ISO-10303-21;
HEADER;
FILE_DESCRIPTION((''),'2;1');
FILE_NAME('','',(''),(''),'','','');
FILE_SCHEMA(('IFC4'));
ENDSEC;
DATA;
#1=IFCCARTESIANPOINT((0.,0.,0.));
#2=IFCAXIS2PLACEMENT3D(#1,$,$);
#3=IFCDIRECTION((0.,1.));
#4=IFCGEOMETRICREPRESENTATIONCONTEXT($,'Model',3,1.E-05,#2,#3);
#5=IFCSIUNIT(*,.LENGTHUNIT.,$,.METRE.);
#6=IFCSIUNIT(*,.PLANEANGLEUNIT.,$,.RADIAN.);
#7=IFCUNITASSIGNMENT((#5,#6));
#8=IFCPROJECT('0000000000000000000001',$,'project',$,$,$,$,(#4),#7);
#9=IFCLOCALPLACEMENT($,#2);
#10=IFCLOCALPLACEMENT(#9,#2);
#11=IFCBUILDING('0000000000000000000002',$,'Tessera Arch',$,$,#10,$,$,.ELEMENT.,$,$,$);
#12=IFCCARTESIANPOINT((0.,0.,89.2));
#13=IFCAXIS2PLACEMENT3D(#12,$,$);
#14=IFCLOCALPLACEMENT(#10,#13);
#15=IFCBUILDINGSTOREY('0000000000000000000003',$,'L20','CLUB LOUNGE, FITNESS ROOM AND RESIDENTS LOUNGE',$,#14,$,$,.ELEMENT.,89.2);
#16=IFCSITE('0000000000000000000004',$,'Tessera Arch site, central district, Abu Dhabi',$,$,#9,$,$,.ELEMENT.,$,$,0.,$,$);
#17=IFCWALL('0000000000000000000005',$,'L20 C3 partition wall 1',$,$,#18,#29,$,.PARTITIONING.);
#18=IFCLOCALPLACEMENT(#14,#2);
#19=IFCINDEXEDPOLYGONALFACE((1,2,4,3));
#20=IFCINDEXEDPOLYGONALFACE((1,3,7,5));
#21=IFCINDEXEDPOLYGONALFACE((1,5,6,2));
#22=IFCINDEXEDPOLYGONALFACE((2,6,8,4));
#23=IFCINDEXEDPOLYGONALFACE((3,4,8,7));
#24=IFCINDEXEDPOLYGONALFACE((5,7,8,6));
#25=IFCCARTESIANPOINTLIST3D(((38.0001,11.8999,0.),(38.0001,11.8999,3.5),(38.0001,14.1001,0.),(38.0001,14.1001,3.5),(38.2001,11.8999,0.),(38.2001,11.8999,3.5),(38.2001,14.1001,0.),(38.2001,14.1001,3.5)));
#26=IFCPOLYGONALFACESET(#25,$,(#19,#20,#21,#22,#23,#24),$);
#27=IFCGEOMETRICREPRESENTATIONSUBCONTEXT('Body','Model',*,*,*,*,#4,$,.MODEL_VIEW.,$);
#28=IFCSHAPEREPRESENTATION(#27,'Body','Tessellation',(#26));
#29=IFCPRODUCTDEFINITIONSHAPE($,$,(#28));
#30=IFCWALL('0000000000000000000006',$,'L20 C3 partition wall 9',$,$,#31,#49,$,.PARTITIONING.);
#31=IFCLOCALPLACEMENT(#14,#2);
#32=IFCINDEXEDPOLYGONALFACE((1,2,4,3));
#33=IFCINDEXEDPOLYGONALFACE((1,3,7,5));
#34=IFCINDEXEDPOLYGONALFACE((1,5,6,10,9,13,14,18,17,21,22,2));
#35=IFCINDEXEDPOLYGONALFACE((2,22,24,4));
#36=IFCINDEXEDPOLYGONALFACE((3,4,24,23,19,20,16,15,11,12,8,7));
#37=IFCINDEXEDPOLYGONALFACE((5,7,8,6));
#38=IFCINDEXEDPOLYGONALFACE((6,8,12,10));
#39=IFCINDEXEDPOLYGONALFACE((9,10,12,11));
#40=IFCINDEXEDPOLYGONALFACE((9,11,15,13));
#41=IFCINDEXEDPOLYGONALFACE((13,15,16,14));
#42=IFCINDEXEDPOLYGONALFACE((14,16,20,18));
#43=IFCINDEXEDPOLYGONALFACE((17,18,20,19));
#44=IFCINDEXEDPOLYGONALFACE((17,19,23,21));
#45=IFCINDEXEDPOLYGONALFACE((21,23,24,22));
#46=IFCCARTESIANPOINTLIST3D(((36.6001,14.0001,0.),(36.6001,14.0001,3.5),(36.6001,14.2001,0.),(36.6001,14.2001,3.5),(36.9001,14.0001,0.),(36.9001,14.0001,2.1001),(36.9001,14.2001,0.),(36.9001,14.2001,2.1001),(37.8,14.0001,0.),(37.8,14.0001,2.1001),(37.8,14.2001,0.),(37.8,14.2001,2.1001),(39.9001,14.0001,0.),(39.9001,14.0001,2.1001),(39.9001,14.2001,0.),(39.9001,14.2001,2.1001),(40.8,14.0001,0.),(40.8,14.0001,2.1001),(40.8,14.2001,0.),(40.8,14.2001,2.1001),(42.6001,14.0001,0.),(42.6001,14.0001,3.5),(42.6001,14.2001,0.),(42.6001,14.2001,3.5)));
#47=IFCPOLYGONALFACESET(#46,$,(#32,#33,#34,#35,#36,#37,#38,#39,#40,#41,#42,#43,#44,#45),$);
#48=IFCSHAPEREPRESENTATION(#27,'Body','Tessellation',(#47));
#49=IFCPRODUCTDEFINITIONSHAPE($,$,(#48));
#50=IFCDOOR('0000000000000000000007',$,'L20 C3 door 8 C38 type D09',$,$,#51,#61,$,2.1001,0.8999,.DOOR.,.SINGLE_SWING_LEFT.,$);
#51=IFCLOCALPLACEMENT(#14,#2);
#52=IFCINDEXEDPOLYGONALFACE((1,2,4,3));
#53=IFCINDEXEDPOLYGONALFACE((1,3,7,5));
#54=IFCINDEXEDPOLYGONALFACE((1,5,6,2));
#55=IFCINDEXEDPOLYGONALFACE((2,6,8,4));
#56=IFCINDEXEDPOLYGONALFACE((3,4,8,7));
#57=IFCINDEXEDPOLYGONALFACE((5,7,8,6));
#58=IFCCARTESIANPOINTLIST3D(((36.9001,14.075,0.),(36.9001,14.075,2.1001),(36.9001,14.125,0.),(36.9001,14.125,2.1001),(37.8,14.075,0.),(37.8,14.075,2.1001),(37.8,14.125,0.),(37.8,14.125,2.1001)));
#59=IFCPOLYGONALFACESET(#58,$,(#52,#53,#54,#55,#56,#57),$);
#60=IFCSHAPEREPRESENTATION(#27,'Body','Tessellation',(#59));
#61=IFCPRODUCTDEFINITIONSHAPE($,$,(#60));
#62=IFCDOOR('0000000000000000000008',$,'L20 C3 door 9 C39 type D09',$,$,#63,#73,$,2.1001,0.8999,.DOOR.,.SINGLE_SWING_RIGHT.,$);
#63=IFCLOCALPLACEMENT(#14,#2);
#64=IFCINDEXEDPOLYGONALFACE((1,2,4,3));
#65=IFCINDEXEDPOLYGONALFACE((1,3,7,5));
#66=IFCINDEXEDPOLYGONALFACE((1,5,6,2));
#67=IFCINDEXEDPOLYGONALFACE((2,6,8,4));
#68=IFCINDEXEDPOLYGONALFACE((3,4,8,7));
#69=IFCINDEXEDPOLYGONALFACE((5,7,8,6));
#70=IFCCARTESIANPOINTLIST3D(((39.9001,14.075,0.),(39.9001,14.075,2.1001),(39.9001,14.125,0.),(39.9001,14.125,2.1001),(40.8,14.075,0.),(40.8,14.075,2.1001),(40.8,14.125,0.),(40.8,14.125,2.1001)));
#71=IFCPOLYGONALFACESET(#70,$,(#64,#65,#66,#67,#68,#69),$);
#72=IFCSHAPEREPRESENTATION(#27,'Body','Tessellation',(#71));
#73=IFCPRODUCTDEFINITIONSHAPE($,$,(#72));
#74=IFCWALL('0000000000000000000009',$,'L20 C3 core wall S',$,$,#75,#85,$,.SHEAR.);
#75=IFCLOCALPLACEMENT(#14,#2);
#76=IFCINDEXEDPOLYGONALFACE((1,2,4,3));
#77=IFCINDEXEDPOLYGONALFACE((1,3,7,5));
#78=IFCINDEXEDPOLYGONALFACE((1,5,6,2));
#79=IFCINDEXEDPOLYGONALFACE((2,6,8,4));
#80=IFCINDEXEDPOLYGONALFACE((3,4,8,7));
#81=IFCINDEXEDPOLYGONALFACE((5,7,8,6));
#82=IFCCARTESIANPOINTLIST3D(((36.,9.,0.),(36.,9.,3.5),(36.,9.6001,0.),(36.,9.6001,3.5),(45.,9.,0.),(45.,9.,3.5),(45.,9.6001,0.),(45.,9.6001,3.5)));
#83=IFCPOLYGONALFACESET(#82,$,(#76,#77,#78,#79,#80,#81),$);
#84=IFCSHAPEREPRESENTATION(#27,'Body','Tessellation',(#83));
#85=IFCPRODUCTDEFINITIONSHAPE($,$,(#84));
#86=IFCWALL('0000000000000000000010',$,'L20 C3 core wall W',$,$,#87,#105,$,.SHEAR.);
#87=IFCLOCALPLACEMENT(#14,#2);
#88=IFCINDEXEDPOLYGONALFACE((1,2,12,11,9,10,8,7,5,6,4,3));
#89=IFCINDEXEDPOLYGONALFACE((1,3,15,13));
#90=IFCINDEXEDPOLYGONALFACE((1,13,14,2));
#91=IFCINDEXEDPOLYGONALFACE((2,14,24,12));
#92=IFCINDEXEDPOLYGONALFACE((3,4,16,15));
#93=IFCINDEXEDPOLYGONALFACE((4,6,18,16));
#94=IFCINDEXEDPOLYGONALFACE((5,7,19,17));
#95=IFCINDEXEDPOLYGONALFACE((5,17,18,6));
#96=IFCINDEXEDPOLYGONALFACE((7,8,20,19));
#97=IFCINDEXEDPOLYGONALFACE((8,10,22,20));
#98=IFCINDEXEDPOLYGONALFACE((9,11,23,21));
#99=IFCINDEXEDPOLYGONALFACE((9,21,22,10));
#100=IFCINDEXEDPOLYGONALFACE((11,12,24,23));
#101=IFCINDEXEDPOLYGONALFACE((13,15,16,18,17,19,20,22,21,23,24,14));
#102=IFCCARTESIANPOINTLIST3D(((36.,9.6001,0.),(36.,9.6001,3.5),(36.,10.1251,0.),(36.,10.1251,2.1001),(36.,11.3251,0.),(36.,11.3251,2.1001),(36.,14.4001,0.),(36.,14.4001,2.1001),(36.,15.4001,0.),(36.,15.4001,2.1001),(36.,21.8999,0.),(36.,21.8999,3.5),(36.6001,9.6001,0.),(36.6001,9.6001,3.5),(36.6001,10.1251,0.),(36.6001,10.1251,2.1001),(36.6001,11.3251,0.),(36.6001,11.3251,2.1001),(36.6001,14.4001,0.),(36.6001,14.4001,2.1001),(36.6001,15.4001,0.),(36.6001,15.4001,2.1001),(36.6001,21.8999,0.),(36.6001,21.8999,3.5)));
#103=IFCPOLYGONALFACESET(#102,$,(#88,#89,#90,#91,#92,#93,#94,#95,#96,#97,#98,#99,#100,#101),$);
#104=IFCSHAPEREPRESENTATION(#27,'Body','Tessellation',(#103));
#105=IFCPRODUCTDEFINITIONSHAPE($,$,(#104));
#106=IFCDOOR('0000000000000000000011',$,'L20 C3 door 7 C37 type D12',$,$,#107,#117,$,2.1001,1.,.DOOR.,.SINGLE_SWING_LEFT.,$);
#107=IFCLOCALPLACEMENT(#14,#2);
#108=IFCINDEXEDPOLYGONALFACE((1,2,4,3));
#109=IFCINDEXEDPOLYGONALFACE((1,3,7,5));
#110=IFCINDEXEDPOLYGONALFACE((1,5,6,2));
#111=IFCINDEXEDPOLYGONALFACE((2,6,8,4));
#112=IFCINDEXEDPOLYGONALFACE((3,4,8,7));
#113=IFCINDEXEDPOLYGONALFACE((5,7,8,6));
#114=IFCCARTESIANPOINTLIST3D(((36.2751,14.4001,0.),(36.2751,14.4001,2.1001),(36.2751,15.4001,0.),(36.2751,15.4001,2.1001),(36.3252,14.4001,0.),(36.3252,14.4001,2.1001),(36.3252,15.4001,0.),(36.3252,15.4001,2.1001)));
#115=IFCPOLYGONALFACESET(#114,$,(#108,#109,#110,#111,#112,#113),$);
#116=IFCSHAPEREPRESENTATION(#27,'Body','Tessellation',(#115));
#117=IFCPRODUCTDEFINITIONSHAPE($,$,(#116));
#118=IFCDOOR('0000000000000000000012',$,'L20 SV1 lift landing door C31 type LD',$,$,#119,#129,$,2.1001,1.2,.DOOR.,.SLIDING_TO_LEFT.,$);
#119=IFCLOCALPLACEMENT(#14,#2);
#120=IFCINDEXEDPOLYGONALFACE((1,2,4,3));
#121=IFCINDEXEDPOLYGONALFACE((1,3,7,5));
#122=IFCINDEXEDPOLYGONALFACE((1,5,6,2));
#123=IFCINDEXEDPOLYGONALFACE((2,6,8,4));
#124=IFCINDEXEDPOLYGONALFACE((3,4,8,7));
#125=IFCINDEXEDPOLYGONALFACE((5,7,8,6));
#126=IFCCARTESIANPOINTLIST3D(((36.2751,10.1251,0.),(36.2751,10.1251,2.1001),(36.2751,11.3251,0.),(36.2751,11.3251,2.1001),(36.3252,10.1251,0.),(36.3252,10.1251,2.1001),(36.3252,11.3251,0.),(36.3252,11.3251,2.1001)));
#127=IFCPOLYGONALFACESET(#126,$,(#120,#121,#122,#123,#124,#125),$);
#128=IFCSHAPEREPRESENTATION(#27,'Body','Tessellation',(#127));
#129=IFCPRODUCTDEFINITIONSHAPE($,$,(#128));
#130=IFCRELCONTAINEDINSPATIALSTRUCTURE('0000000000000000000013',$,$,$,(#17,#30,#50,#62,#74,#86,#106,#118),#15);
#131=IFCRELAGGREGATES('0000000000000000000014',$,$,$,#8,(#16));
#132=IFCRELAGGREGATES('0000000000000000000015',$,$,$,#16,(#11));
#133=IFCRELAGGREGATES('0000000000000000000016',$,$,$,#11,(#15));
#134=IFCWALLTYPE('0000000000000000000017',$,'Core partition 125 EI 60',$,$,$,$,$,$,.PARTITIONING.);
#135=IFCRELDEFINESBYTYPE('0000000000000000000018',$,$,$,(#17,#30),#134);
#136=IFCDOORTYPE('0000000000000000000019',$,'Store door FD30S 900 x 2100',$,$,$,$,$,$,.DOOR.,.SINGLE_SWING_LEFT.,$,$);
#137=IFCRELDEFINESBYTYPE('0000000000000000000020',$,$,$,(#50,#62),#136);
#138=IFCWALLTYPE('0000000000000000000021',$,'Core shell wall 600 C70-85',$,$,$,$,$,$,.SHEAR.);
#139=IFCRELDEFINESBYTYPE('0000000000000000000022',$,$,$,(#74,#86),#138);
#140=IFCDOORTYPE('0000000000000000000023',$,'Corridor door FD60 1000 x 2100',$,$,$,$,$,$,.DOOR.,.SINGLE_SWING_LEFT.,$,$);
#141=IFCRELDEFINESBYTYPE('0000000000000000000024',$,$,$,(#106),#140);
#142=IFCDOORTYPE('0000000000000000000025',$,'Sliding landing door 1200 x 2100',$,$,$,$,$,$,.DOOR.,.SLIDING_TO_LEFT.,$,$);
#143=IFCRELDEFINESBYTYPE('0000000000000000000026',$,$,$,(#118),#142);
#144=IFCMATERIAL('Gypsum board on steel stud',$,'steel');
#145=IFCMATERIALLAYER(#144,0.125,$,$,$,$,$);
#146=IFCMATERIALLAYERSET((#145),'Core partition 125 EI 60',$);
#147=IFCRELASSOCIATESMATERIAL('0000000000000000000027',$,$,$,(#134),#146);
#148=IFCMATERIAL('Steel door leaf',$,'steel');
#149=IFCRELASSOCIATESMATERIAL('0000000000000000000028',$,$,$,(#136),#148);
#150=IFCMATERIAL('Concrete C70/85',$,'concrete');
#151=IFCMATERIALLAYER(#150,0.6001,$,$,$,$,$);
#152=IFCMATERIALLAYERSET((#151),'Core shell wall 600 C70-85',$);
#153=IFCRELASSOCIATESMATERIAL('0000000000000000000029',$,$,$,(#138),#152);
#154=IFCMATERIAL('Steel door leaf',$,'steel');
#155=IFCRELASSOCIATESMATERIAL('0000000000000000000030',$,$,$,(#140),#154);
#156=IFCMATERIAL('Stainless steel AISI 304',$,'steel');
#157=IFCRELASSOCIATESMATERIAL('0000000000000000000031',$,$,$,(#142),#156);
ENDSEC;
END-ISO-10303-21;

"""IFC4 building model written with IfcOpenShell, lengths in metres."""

from ifc_helpers import new_model, si_unit, direction, frame, frame_2d, origin, place, context, subcontext, project, spatial, rectangle, extrude, material, layer, layer_set, type_object, element, fill, save


model = new_model("IFC4")

# Units and contexts
model_context = context("Model", 3, precision=1e-05, world=origin(), true_north=direction((0.0, 1.0)))
body_context = subcontext(model_context, "Body", "Model", "MODEL_VIEW")
ifc_project = project(units=[si_unit("LENGTHUNIT", "METRE"), si_unit("PLANEANGLEUNIT", "RADIAN")], contexts=[model_context])

# Site, building, storey
site_placement = place(None, origin())
site = spatial("IfcSite", under=ifc_project, at=site_placement, Name="Tessera Arch site, central district, Abu Dhabi", CompositionType="ELEMENT", RefElevation=0.0)
building_placement = place(site_placement, origin())
building = spatial("IfcBuilding", under=site, at=building_placement, Name="Tessera Arch", CompositionType="ELEMENT")
storey_placement = place(building_placement, frame((0.0, 0.0, 89.2)))
storey = spatial("IfcBuildingStorey", under=building, at=storey_placement, Name="L20", Description="CLUB LOUNGE, FITNESS ROOM AND RESIDENTS LOUNGE", CompositionType="ELEMENT", Elevation=89.2)

# Wall
ifc_material_1 = material(Name="Gypsum board on steel stud", Category="steel")
ifc_layer_1 = layer(ifc_material_1, 0.125)
ifc_layer_set_1 = layer_set([ifc_layer_1], Name="Core partition 125 EI 60")
wall_type_1 = type_object("IfcWallType", Name="Core partition 125 EI 60", PredefinedType="PARTITIONING", material=ifc_layer_set_1)
wall_1_placement = place(storey_placement, frame((38.1001, 11.8999, 0.0), z_axis=(0.0, 0.0, 1.0), x_axis=(0.0, 1.0, 0.0)))
element("IfcWall", 1, at=wall_1_placement, inside=storey, type_object=wall_type_1, Name="L20 C3 partition wall 1", PredefinedType="PARTITIONING", context=body_context, shape_type="SweptSolid", body=[
    extrude(rectangle(XDim=2.2002, YDim=0.2, at=frame_2d((1.1001, 0.0))), origin(), (0.0, 0.0, 1.0), 3.5),
])

# Wall, openings, doors
wall_2_placement = place(storey_placement, frame((36.6001, 14.1001, 0.0), z_axis=(0.0, 0.0, 1.0), x_axis=(1.0, 0.0, 0.0)))
wall_2 = element("IfcWall", 2, at=wall_2_placement, inside=storey, type_object=wall_type_1, Name="L20 C3 partition wall 9", PredefinedType="PARTITIONING", context=body_context, shape_type="SweptSolid", body=[
    extrude(rectangle(XDim=6.0, YDim=0.2, at=frame_2d((3.0, 0.0))), origin(), (0.0, 0.0, 1.0), 3.5),
])
opening_1_placement = place(wall_2_placement, frame((0.3, 0.0, 0.0)))
opening_1 = element("IfcOpeningElement", 3, at=opening_1_placement, cuts=wall_2, PredefinedType="OPENING", context=body_context, shape_type="SweptSolid", body=[
    extrude(rectangle(XDim=0.8999, YDim=2.1001, at=frame_2d((0.45, 1.05))), frame((0.0, 0.1099, 0.0), z_axis=(0.0, -1.0, 0.0), x_axis=(1.0, 0.0, 0.0)), (0.0, 0.0, 1.0), 0.22),
])
opening_2_placement = place(wall_2_placement, frame((3.3, 0.0, 0.0)))
opening_2 = element("IfcOpeningElement", 4, at=opening_2_placement, cuts=wall_2, PredefinedType="OPENING", context=body_context, shape_type="SweptSolid", body=[
    extrude(rectangle(XDim=0.8999, YDim=2.1001, at=frame_2d((0.45, 1.05))), frame((0.0, 0.1099, 0.0), z_axis=(0.0, -1.0, 0.0), x_axis=(1.0, 0.0, 0.0)), (0.0, 0.0, 1.0), 0.22),
])
ifc_material_2 = material(Name="Steel door leaf", Category="steel")
door_type_1 = type_object("IfcDoorType", Name="Store door FD30S 900 x 2100", OperationType="SINGLE_SWING_LEFT", PredefinedType="DOOR", material=ifc_material_2)
door_1_placement = place(opening_1_placement, origin())
door_1 = element("IfcDoor", 5, at=door_1_placement, inside=storey, type_object=door_type_1, Name="L20 C3 door 8 C38 type D09", OperationType="SINGLE_SWING_LEFT", OverallHeight=2.1001, OverallWidth=0.8999, PredefinedType="DOOR", context=body_context, shape_type="SweptSolid", body=[
    extrude(rectangle(XDim=0.8999, YDim=2.1001, at=frame_2d((0.45, 1.05))), frame((0.0, 0.0249, 0.0), z_axis=(0.0, -1.0, 0.0), x_axis=(1.0, 0.0, 0.0)), (0.0, 0.0, 1.0), 0.05),
])
fill(opening_1, door_1)
door_2_placement = place(opening_2_placement, origin())
door_2 = element("IfcDoor", 6, at=door_2_placement, inside=storey, type_object=door_type_1, Name="L20 C3 door 9 C39 type D09", OperationType="SINGLE_SWING_RIGHT", OverallHeight=2.1001, OverallWidth=0.8999, PredefinedType="DOOR", context=body_context, shape_type="SweptSolid", body=[
    extrude(rectangle(XDim=0.8999, YDim=2.1001, at=frame_2d((0.45, 1.05))), frame((0.0, 0.0249, 0.0), z_axis=(0.0, -1.0, 0.0), x_axis=(1.0, 0.0, 0.0)), (0.0, 0.0, 1.0), 0.05),
])
fill(opening_2, door_2)

# Wall
ifc_material_3 = material(Name="Concrete C70/85", Category="concrete")
ifc_layer_2 = layer(ifc_material_3, 0.6001)
ifc_layer_set_2 = layer_set([ifc_layer_2], Name="Core shell wall 600 C70-85")
wall_type_2 = type_object("IfcWallType", Name="Core shell wall 600 C70-85", PredefinedType="SHEAR", material=ifc_layer_set_2)
wall_3_placement = place(storey_placement, frame((36.0, 9.3, 0.0), z_axis=(0.0, 0.0, 1.0), x_axis=(1.0, 0.0, 0.0)))
element("IfcWall", 7, at=wall_3_placement, inside=storey, type_object=wall_type_2, Name="L20 C3 core wall S", PredefinedType="SHEAR", context=body_context, shape_type="SweptSolid", body=[
    extrude(rectangle(XDim=9.0, YDim=0.6001, at=frame_2d((4.5, 0.0))), origin(), (0.0, 0.0, 1.0), 3.5),
])

# Wall, openings, doors
wall_4_placement = place(storey_placement, frame((36.3, 9.6001, 0.0), z_axis=(0.0, 0.0, 1.0), x_axis=(0.0, 1.0, 0.0)))
wall_4 = element("IfcWall", 8, at=wall_4_placement, inside=storey, type_object=wall_type_2, Name="L20 C3 core wall W", PredefinedType="SHEAR", context=body_context, shape_type="SweptSolid", body=[
    extrude(rectangle(XDim=12.2998, YDim=0.6001, at=frame_2d((6.1499, 0.0))), origin(), (0.0, 0.0, 1.0), 3.5),
])
opening_3_placement = place(wall_4_placement, frame((0.5249, 0.0, 0.0)))
opening_3 = element("IfcOpeningElement", 9, at=opening_3_placement, cuts=wall_4, PredefinedType="OPENING", context=body_context, shape_type="SweptSolid", body=[
    extrude(rectangle(XDim=1.2, YDim=2.1001, at=frame_2d((0.6001, 1.05))), frame((0.0, 0.3101, 0.0), z_axis=(0.0, -1.0, 0.0), x_axis=(1.0, 0.0, 0.0)), (0.0, 0.0, 1.0), 0.6201),
])
opening_4_placement = place(wall_4_placement, frame((4.8, 0.0, 0.0)))
opening_4 = element("IfcOpeningElement", 10, at=opening_4_placement, cuts=wall_4, PredefinedType="OPENING", context=body_context, shape_type="SweptSolid", body=[
    extrude(rectangle(XDim=1.0, YDim=2.1001, at=frame_2d((0.5, 1.05))), frame((0.0, 0.3101, 0.0), z_axis=(0.0, -1.0, 0.0), x_axis=(1.0, 0.0, 0.0)), (0.0, 0.0, 1.0), 0.6201),
])
ifc_material_4 = material(Name="Steel door leaf", Category="steel")
door_type_2 = type_object("IfcDoorType", Name="Corridor door FD60 1000 x 2100", OperationType="SINGLE_SWING_LEFT", PredefinedType="DOOR", material=ifc_material_4)
door_3_placement = place(opening_4_placement, origin())
door_3 = element("IfcDoor", 11, at=door_3_placement, inside=storey, type_object=door_type_2, Name="L20 C3 door 7 C37 type D12", OperationType="SINGLE_SWING_LEFT", OverallHeight=2.1001, OverallWidth=1.0, PredefinedType="DOOR", context=body_context, shape_type="SweptSolid", body=[
    extrude(rectangle(XDim=1.0, YDim=2.1001, at=frame_2d((0.5, 1.05))), frame((0.0, 0.0249, 0.0), z_axis=(0.0, -1.0, 0.0), x_axis=(1.0, 0.0, 0.0)), (0.0, 0.0, 1.0), 0.05),
])
fill(opening_4, door_3)
ifc_material_5 = material(Name="Stainless steel AISI 304", Category="steel")
door_type_3 = type_object("IfcDoorType", Name="Sliding landing door 1200 x 2100", OperationType="SLIDING_TO_LEFT", PredefinedType="DOOR", material=ifc_material_5)
door_4_placement = place(opening_3_placement, origin())
door_4 = element("IfcDoor", 12, at=door_4_placement, inside=storey, type_object=door_type_3, Name="L20 SV1 lift landing door C31 type LD", OperationType="SLIDING_TO_LEFT", OverallHeight=2.1001, OverallWidth=1.2, PredefinedType="DOOR", context=body_context, shape_type="SweptSolid", body=[
    extrude(rectangle(XDim=1.2, YDim=2.1001, at=frame_2d((0.6001, 1.05))), frame((0.0, 0.0249, 0.0), z_axis=(0.0, -1.0, 0.0), x_axis=(1.0, 0.0, 0.0)), (0.0, 0.0, 1.0), 0.05),
])
fill(opening_3, door_4)

save(model, "model.ifc")
